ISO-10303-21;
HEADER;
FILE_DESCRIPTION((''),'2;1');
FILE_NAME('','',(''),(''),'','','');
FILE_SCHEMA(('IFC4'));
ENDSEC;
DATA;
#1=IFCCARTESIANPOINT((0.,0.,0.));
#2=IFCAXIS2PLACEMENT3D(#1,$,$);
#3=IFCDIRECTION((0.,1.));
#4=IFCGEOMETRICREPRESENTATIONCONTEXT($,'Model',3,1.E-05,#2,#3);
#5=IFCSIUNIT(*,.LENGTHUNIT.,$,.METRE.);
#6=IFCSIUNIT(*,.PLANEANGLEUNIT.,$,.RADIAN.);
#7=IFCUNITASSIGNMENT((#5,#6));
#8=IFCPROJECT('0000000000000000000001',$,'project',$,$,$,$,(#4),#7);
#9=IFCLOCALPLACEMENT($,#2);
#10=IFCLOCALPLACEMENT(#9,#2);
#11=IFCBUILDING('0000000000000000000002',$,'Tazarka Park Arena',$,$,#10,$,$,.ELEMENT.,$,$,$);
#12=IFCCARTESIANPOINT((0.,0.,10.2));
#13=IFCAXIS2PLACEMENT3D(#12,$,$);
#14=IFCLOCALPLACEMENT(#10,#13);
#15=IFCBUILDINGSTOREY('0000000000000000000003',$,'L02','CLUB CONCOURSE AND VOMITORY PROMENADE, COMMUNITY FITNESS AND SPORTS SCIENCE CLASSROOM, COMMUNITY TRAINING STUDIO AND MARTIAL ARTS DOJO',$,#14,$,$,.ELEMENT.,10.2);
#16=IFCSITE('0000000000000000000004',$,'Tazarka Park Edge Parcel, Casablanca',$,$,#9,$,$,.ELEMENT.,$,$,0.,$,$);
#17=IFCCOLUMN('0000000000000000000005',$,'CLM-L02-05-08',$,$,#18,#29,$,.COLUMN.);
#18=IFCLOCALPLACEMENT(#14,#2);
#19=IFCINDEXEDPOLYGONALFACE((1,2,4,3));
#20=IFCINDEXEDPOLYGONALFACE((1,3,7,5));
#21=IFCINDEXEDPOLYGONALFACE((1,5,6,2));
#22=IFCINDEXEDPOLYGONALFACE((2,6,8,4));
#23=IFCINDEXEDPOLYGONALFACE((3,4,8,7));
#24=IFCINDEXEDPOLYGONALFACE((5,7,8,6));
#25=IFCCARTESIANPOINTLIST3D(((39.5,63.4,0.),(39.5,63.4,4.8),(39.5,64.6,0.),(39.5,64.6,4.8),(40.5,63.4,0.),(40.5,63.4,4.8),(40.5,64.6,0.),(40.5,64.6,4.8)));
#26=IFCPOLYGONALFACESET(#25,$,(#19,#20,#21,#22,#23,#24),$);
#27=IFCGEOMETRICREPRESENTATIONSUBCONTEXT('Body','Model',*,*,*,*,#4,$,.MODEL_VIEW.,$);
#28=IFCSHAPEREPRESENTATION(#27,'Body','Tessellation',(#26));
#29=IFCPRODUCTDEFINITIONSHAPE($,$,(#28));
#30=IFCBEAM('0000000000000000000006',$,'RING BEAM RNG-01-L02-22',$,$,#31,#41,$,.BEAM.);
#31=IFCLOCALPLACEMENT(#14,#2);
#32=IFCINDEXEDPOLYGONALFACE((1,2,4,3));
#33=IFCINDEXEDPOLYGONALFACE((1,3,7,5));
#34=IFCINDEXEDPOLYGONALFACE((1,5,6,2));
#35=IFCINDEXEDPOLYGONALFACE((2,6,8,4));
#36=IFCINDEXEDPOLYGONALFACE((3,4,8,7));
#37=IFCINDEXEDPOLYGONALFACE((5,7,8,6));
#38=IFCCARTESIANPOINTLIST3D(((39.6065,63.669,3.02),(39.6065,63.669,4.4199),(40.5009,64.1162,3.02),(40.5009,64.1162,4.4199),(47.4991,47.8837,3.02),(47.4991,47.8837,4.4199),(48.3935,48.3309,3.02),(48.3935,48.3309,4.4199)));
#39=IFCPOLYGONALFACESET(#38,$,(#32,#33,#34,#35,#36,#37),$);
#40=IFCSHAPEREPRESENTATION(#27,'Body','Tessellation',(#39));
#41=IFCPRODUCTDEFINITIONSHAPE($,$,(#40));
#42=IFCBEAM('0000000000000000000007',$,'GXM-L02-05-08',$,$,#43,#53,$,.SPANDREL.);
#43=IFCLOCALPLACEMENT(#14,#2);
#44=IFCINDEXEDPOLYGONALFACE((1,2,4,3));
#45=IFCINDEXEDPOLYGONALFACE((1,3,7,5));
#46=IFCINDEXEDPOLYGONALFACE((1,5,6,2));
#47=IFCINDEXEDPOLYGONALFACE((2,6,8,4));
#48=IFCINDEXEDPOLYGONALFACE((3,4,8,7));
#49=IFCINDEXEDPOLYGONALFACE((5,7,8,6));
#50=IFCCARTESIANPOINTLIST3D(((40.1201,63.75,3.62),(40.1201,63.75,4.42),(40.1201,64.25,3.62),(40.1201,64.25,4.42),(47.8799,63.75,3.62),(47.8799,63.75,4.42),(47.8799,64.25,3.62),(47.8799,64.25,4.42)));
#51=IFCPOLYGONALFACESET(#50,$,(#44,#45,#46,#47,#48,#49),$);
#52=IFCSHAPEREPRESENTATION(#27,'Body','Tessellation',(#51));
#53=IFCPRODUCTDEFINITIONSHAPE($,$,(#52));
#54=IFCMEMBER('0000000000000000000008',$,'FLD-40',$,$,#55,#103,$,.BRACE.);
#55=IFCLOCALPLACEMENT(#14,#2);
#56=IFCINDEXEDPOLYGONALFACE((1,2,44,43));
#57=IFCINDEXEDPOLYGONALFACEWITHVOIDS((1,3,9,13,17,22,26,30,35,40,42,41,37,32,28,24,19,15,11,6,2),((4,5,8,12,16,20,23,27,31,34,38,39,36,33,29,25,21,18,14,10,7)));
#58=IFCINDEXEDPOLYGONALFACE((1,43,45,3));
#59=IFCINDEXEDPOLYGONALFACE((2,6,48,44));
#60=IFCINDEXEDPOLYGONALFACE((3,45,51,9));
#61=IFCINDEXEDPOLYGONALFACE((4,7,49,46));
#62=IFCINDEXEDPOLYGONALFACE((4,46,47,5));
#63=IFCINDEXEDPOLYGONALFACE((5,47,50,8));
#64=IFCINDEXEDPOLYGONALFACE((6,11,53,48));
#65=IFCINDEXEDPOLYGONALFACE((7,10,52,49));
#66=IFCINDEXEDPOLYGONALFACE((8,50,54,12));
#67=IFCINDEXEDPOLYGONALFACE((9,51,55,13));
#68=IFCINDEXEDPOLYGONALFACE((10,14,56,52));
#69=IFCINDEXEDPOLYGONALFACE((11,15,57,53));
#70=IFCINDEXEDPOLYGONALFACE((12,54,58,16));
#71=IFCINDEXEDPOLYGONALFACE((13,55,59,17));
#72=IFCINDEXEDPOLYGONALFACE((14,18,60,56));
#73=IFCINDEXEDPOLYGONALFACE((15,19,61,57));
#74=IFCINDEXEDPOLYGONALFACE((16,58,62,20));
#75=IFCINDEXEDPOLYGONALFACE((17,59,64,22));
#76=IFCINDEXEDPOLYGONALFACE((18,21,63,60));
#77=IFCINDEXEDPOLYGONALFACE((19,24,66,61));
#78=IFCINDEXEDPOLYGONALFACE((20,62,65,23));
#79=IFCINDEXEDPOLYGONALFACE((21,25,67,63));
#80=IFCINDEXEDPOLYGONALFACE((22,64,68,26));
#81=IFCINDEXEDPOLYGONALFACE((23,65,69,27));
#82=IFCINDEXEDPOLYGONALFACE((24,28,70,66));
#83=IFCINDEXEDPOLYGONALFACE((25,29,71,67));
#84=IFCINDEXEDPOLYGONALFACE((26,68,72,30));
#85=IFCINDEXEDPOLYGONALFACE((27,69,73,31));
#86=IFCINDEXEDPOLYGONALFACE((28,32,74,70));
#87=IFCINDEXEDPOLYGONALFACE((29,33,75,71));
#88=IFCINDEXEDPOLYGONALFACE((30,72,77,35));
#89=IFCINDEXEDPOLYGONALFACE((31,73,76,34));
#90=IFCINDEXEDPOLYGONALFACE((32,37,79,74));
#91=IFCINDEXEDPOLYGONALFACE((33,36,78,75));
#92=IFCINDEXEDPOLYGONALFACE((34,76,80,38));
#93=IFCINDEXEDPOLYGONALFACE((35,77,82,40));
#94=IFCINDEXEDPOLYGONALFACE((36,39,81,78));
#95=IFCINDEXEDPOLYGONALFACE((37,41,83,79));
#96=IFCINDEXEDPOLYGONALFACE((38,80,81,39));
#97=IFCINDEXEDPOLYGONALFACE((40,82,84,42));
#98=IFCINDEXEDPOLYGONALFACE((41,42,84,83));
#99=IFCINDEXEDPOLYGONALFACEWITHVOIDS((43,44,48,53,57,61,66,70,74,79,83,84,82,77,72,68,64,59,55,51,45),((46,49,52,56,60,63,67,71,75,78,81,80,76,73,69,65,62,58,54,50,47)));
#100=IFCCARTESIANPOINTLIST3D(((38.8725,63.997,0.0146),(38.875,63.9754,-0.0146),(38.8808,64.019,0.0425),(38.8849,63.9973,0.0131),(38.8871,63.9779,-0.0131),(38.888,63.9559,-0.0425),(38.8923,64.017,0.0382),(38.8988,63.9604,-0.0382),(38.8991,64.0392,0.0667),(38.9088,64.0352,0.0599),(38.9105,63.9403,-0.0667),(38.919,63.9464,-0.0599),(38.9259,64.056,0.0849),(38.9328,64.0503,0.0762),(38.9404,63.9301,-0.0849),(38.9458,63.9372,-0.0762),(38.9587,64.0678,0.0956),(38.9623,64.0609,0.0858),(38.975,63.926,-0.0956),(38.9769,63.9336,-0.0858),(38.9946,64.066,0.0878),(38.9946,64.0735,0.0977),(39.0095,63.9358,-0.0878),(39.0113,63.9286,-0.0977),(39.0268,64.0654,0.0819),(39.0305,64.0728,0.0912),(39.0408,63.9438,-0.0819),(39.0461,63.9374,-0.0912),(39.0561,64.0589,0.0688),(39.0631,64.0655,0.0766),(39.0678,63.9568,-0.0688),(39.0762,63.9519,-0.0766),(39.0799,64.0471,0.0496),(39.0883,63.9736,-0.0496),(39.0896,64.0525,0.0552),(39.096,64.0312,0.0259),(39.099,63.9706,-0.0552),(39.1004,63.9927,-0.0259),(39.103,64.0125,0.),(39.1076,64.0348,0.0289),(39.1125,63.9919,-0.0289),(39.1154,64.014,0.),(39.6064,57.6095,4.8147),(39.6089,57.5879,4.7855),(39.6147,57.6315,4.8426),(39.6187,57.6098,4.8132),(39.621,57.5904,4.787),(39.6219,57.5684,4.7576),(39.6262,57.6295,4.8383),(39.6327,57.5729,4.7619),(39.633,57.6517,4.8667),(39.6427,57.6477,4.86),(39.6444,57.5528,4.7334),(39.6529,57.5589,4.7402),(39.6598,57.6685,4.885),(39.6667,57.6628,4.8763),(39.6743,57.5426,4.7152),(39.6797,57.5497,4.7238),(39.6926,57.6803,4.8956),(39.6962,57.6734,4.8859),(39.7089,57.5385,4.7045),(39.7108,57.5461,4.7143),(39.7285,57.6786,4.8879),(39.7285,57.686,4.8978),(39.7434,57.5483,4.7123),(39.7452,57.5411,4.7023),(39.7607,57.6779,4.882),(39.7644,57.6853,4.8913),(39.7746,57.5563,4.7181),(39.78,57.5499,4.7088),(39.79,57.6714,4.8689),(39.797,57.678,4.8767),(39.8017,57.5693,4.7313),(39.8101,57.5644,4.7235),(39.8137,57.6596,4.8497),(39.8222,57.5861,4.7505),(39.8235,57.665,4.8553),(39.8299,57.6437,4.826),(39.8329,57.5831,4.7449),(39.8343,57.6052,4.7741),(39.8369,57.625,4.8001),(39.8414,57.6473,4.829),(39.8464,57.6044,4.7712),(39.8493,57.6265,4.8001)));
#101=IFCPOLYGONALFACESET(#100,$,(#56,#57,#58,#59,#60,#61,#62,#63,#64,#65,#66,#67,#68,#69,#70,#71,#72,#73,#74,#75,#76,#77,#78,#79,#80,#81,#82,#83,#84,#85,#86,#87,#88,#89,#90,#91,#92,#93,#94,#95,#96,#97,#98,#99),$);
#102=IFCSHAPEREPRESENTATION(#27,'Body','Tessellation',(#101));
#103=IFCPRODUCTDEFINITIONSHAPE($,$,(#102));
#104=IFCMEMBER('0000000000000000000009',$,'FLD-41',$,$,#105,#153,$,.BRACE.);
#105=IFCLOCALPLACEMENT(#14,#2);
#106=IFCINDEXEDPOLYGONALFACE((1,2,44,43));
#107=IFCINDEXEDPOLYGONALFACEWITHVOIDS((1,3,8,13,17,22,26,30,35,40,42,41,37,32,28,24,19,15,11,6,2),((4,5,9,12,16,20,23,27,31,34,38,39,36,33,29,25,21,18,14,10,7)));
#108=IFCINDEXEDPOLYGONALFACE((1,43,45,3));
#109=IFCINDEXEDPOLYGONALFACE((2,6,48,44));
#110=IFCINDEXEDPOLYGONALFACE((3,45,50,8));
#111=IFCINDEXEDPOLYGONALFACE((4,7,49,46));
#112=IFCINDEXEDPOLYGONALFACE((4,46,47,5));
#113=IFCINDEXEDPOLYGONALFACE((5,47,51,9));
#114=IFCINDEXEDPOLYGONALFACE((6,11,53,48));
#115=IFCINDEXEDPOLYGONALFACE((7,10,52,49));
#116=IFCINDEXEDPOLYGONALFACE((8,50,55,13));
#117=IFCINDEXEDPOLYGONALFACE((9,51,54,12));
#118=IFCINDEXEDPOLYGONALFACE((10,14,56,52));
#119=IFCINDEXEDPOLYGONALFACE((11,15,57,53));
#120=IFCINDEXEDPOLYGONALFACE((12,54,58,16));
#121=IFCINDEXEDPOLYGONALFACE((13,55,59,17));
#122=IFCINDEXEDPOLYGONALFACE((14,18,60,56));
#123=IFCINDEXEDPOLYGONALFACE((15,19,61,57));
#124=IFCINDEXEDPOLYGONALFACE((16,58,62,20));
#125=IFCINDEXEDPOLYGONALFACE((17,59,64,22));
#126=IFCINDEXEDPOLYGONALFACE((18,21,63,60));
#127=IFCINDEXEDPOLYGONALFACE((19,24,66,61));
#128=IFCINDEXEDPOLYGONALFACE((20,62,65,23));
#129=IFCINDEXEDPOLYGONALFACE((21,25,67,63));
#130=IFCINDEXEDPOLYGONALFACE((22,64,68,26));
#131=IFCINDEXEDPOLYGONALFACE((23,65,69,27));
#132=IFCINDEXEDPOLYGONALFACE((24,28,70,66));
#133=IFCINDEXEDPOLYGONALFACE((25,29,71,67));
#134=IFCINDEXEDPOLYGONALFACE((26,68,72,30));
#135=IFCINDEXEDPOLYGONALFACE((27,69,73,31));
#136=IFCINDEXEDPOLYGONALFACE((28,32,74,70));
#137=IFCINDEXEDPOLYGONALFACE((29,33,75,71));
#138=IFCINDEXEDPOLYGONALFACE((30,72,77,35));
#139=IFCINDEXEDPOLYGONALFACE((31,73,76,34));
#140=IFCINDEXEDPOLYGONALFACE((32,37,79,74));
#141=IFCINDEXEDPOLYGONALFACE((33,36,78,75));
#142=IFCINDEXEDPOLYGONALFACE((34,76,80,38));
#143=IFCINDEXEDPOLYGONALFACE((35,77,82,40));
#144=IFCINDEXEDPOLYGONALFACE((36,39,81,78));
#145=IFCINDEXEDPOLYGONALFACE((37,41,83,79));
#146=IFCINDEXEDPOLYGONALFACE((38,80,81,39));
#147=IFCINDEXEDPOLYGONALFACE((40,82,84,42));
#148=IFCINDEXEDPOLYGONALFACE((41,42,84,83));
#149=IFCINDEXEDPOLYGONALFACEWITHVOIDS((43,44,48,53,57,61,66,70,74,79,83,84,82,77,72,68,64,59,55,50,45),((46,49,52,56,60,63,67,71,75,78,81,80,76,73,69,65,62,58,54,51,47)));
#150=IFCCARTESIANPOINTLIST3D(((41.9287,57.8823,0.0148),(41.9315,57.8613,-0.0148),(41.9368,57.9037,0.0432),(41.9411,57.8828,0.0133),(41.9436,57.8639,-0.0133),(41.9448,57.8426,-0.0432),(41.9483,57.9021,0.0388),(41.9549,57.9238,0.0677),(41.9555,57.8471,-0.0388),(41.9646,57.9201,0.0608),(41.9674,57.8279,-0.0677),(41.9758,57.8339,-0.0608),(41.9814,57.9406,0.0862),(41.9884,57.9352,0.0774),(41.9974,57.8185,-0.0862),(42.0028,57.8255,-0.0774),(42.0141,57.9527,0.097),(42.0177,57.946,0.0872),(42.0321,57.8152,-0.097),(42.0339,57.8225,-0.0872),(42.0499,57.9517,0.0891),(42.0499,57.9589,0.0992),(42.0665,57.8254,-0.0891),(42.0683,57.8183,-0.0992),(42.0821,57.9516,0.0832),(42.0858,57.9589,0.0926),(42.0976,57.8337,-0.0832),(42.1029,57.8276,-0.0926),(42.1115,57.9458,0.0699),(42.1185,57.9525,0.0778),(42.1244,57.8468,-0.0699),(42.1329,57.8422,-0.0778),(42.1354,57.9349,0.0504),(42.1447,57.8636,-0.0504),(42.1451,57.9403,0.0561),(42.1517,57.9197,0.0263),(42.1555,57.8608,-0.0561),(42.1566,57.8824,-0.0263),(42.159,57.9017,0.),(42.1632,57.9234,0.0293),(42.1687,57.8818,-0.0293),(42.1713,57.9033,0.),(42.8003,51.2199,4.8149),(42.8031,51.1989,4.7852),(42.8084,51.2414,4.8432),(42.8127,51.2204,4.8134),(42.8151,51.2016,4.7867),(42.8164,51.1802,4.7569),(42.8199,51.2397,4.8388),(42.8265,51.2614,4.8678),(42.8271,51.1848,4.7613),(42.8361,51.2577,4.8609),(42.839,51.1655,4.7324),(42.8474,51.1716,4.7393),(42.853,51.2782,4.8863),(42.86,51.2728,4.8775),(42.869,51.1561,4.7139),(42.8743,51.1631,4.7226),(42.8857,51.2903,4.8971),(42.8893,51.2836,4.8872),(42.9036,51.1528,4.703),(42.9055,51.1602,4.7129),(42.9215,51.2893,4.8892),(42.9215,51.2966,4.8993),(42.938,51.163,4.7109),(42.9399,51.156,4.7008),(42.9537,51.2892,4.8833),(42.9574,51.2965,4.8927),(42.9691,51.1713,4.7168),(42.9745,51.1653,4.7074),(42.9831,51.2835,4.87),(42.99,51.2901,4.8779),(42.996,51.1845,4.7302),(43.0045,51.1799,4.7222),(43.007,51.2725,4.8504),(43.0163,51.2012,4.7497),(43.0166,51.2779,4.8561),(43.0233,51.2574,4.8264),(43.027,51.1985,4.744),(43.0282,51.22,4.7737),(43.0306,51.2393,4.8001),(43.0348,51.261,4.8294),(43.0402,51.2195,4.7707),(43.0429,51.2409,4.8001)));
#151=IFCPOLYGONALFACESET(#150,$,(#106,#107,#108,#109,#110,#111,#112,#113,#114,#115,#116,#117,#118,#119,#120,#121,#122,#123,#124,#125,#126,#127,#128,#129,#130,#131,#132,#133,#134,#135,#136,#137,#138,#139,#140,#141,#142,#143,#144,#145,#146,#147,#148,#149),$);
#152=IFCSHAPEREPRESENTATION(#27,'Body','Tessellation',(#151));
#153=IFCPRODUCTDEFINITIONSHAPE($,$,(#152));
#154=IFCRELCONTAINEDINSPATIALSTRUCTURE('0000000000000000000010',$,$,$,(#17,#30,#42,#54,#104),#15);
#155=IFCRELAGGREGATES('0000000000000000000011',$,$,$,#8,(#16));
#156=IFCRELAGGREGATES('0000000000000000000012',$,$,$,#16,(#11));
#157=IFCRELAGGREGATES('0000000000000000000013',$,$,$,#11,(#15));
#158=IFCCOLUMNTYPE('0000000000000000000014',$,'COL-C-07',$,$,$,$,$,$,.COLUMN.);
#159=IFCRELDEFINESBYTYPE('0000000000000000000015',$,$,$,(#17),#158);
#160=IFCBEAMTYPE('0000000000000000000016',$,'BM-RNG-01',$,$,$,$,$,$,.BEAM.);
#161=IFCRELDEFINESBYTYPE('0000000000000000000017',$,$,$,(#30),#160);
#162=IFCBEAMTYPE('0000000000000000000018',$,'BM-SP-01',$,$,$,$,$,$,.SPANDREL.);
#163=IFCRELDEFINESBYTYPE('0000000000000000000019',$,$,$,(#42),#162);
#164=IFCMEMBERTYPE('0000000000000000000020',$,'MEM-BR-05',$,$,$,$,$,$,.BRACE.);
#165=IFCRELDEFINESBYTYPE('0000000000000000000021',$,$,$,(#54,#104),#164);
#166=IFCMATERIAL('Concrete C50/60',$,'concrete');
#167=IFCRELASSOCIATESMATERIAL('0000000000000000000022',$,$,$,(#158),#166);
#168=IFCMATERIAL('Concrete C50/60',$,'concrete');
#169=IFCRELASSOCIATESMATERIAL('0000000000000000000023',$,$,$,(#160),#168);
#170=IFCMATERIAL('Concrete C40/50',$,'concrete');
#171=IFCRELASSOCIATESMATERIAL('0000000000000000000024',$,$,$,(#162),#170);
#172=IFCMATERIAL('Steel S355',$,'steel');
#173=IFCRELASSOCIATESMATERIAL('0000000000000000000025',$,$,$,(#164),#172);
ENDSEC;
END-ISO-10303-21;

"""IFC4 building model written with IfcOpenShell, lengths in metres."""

from ifc_helpers import new_model, si_unit, direction, frame, origin, origin_2d, place, context, subcontext, project, spatial, rectangle, hollow_circle, extrude, material, material_profile, profile_set, type_object, element, save


model = new_model("IFC4")

# Units and contexts
model_context = context("Model", 3, precision=1e-05, world=origin(), true_north=direction((0.0, 1.0)))
body_context = subcontext(model_context, "Body", "Model", "MODEL_VIEW")
ifc_project = project(units=[si_unit("LENGTHUNIT", "METRE"), si_unit("PLANEANGLEUNIT", "RADIAN")], contexts=[model_context])

# Site, building, storey
site_placement = place(None, origin())
site = spatial("IfcSite", under=ifc_project, at=site_placement, Name="Tazarka Park Edge Parcel, Casablanca", CompositionType="ELEMENT", RefElevation=0.0)
building_placement = place(site_placement, origin())
building = spatial("IfcBuilding", under=site, at=building_placement, Name="Tazarka Park Arena", CompositionType="ELEMENT")
storey_placement = place(building_placement, frame((0.0, 0.0, 10.2)))
storey = spatial("IfcBuildingStorey", under=building, at=storey_placement, Name="L02", Description="CLUB CONCOURSE AND VOMITORY PROMENADE, COMMUNITY FITNESS AND SPORTS SCIENCE CLASSROOM, COMMUNITY TRAINING STUDIO AND MARTIAL ARTS DOJO", CompositionType="ELEMENT", Elevation=10.2)

# Column
ifc_material_1 = material(Name="Concrete C50/60", Category="concrete")
ifc_material_profile_1 = material_profile(ifc_material_1, rectangle(XDim=1.0, YDim=1.2, at=origin_2d()), Name="Concrete C50/60")
ifc_profile_set_1 = profile_set([ifc_material_profile_1], Name="Concrete C50/60")
column_type = type_object("IfcColumnType", Name="COL-C-07", PredefinedType="COLUMN", material=ifc_profile_set_1)
column_placement = place(storey_placement, frame((40.0, 64.0, 0.0), z_axis=(0.0, 0.0, 1.0), x_axis=(1.0, 0.0, 0.0)))
element("IfcColumn", 1, at=column_placement, inside=storey, type_object=column_type, Name="CLM-L02-05-08", PredefinedType="COLUMN", context=body_context, shape_type="SweptSolid", body=[
    extrude(rectangle(XDim=1.0, YDim=1.2, at=origin_2d()), origin(), (0.0, 0.0, 1.0), 4.8),
])

# Beams
ifc_material_2 = material(Name="Concrete C50/60", Category="concrete")
ifc_material_profile_2 = material_profile(ifc_material_2, rectangle(XDim=1.0, YDim=1.3999, at=origin_2d()), Name="Concrete C50/60")
ifc_profile_set_2 = profile_set([ifc_material_profile_2], Name="Concrete C50/60")
beam_type_1 = type_object("IfcBeamType", Name="BM-RNG-01", PredefinedType="BEAM", material=ifc_profile_set_2)
beam_1_placement = place(storey_placement, frame((40.0537, 63.8926, 3.72), z_axis=(0.447214, -0.894427, 0.0), x_axis=(0.894427, 0.447214, 0.0)))
element("IfcBeam", 2, at=beam_1_placement, inside=storey, type_object=beam_type_1, Name="RING BEAM RNG-01-L02-22", PredefinedType="BEAM", context=body_context, shape_type="SweptSolid", body=[
    extrude(rectangle(XDim=1.0, YDim=1.3999, at=origin_2d()), origin(), (0.0, 0.0, 1.0), 17.6484),
])
ifc_material_3 = material(Name="Concrete C40/50", Category="concrete")
ifc_material_profile_3 = material_profile(ifc_material_3, rectangle(XDim=0.5, YDim=0.8, at=origin_2d()), Name="Concrete C40/50")
ifc_profile_set_3 = profile_set([ifc_material_profile_3], Name="Concrete C40/50")
beam_type_2 = type_object("IfcBeamType", Name="BM-SP-01", PredefinedType="SPANDREL", material=ifc_profile_set_3)
beam_2_placement = place(storey_placement, frame((40.1201, 64.0, 4.02), z_axis=(1.0, 0.0, 0.0), x_axis=(0.0, 1.0, 0.0)))
element("IfcBeam", 3, at=beam_2_placement, inside=storey, type_object=beam_type_2, Name="GXM-L02-05-08", PredefinedType="SPANDREL", context=body_context, shape_type="SweptSolid", body=[
    extrude(rectangle(XDim=0.5, YDim=0.8, at=origin_2d()), origin(), (0.0, 0.0, 1.0), 7.7598),
])

# Members
ifc_material_4 = material(Name="Steel S355", Category="steel")
ifc_material_profile_4 = material_profile(ifc_material_4, hollow_circle(Radius=0.1223, WallThickness=0.0125, at=origin_2d()), Name="Steel S355")
ifc_profile_set_4 = profile_set([ifc_material_profile_4], Name="Steel S355")
member_type_1 = type_object("IfcMemberType", Name="MEM-BR-05", PredefinedType="BRACE", material=ifc_profile_set_4)
member_1_placement = place(storey_placement, frame((38.9939, 64.0, 0.0), z_axis=(0.091466, -0.79608, 0.598239), x_axis=(0.993464, 0.114144, 0.0)))
element("IfcMember", 4, at=member_1_placement, inside=storey, type_object=member_type_1, Name="FLD-40", PredefinedType="BRACE", context=body_context, shape_type="SweptSolid", body=[
    extrude(hollow_circle(Radius=0.1223, WallThickness=0.0125, at=origin_2d()), origin(), (0.0, 0.0, 1.0), 8.0237),
])
member_2_placement = place(storey_placement, frame((42.05, 57.8875, 0.0), z_axis=(0.10555, -0.80682, 0.581292), x_axis=(0.991551, 0.129717, 0.0)))
element("IfcMember", 5, at=member_2_placement, inside=storey, type_object=member_type_1, Name="FLD-41", PredefinedType="BRACE", context=body_context, shape_type="SweptSolid", body=[
    extrude(hollow_circle(Radius=0.1223, WallThickness=0.0125, at=origin_2d()), origin(), (0.0, 0.0, 1.0), 8.2576),
])

save(model, "model.ifc")
